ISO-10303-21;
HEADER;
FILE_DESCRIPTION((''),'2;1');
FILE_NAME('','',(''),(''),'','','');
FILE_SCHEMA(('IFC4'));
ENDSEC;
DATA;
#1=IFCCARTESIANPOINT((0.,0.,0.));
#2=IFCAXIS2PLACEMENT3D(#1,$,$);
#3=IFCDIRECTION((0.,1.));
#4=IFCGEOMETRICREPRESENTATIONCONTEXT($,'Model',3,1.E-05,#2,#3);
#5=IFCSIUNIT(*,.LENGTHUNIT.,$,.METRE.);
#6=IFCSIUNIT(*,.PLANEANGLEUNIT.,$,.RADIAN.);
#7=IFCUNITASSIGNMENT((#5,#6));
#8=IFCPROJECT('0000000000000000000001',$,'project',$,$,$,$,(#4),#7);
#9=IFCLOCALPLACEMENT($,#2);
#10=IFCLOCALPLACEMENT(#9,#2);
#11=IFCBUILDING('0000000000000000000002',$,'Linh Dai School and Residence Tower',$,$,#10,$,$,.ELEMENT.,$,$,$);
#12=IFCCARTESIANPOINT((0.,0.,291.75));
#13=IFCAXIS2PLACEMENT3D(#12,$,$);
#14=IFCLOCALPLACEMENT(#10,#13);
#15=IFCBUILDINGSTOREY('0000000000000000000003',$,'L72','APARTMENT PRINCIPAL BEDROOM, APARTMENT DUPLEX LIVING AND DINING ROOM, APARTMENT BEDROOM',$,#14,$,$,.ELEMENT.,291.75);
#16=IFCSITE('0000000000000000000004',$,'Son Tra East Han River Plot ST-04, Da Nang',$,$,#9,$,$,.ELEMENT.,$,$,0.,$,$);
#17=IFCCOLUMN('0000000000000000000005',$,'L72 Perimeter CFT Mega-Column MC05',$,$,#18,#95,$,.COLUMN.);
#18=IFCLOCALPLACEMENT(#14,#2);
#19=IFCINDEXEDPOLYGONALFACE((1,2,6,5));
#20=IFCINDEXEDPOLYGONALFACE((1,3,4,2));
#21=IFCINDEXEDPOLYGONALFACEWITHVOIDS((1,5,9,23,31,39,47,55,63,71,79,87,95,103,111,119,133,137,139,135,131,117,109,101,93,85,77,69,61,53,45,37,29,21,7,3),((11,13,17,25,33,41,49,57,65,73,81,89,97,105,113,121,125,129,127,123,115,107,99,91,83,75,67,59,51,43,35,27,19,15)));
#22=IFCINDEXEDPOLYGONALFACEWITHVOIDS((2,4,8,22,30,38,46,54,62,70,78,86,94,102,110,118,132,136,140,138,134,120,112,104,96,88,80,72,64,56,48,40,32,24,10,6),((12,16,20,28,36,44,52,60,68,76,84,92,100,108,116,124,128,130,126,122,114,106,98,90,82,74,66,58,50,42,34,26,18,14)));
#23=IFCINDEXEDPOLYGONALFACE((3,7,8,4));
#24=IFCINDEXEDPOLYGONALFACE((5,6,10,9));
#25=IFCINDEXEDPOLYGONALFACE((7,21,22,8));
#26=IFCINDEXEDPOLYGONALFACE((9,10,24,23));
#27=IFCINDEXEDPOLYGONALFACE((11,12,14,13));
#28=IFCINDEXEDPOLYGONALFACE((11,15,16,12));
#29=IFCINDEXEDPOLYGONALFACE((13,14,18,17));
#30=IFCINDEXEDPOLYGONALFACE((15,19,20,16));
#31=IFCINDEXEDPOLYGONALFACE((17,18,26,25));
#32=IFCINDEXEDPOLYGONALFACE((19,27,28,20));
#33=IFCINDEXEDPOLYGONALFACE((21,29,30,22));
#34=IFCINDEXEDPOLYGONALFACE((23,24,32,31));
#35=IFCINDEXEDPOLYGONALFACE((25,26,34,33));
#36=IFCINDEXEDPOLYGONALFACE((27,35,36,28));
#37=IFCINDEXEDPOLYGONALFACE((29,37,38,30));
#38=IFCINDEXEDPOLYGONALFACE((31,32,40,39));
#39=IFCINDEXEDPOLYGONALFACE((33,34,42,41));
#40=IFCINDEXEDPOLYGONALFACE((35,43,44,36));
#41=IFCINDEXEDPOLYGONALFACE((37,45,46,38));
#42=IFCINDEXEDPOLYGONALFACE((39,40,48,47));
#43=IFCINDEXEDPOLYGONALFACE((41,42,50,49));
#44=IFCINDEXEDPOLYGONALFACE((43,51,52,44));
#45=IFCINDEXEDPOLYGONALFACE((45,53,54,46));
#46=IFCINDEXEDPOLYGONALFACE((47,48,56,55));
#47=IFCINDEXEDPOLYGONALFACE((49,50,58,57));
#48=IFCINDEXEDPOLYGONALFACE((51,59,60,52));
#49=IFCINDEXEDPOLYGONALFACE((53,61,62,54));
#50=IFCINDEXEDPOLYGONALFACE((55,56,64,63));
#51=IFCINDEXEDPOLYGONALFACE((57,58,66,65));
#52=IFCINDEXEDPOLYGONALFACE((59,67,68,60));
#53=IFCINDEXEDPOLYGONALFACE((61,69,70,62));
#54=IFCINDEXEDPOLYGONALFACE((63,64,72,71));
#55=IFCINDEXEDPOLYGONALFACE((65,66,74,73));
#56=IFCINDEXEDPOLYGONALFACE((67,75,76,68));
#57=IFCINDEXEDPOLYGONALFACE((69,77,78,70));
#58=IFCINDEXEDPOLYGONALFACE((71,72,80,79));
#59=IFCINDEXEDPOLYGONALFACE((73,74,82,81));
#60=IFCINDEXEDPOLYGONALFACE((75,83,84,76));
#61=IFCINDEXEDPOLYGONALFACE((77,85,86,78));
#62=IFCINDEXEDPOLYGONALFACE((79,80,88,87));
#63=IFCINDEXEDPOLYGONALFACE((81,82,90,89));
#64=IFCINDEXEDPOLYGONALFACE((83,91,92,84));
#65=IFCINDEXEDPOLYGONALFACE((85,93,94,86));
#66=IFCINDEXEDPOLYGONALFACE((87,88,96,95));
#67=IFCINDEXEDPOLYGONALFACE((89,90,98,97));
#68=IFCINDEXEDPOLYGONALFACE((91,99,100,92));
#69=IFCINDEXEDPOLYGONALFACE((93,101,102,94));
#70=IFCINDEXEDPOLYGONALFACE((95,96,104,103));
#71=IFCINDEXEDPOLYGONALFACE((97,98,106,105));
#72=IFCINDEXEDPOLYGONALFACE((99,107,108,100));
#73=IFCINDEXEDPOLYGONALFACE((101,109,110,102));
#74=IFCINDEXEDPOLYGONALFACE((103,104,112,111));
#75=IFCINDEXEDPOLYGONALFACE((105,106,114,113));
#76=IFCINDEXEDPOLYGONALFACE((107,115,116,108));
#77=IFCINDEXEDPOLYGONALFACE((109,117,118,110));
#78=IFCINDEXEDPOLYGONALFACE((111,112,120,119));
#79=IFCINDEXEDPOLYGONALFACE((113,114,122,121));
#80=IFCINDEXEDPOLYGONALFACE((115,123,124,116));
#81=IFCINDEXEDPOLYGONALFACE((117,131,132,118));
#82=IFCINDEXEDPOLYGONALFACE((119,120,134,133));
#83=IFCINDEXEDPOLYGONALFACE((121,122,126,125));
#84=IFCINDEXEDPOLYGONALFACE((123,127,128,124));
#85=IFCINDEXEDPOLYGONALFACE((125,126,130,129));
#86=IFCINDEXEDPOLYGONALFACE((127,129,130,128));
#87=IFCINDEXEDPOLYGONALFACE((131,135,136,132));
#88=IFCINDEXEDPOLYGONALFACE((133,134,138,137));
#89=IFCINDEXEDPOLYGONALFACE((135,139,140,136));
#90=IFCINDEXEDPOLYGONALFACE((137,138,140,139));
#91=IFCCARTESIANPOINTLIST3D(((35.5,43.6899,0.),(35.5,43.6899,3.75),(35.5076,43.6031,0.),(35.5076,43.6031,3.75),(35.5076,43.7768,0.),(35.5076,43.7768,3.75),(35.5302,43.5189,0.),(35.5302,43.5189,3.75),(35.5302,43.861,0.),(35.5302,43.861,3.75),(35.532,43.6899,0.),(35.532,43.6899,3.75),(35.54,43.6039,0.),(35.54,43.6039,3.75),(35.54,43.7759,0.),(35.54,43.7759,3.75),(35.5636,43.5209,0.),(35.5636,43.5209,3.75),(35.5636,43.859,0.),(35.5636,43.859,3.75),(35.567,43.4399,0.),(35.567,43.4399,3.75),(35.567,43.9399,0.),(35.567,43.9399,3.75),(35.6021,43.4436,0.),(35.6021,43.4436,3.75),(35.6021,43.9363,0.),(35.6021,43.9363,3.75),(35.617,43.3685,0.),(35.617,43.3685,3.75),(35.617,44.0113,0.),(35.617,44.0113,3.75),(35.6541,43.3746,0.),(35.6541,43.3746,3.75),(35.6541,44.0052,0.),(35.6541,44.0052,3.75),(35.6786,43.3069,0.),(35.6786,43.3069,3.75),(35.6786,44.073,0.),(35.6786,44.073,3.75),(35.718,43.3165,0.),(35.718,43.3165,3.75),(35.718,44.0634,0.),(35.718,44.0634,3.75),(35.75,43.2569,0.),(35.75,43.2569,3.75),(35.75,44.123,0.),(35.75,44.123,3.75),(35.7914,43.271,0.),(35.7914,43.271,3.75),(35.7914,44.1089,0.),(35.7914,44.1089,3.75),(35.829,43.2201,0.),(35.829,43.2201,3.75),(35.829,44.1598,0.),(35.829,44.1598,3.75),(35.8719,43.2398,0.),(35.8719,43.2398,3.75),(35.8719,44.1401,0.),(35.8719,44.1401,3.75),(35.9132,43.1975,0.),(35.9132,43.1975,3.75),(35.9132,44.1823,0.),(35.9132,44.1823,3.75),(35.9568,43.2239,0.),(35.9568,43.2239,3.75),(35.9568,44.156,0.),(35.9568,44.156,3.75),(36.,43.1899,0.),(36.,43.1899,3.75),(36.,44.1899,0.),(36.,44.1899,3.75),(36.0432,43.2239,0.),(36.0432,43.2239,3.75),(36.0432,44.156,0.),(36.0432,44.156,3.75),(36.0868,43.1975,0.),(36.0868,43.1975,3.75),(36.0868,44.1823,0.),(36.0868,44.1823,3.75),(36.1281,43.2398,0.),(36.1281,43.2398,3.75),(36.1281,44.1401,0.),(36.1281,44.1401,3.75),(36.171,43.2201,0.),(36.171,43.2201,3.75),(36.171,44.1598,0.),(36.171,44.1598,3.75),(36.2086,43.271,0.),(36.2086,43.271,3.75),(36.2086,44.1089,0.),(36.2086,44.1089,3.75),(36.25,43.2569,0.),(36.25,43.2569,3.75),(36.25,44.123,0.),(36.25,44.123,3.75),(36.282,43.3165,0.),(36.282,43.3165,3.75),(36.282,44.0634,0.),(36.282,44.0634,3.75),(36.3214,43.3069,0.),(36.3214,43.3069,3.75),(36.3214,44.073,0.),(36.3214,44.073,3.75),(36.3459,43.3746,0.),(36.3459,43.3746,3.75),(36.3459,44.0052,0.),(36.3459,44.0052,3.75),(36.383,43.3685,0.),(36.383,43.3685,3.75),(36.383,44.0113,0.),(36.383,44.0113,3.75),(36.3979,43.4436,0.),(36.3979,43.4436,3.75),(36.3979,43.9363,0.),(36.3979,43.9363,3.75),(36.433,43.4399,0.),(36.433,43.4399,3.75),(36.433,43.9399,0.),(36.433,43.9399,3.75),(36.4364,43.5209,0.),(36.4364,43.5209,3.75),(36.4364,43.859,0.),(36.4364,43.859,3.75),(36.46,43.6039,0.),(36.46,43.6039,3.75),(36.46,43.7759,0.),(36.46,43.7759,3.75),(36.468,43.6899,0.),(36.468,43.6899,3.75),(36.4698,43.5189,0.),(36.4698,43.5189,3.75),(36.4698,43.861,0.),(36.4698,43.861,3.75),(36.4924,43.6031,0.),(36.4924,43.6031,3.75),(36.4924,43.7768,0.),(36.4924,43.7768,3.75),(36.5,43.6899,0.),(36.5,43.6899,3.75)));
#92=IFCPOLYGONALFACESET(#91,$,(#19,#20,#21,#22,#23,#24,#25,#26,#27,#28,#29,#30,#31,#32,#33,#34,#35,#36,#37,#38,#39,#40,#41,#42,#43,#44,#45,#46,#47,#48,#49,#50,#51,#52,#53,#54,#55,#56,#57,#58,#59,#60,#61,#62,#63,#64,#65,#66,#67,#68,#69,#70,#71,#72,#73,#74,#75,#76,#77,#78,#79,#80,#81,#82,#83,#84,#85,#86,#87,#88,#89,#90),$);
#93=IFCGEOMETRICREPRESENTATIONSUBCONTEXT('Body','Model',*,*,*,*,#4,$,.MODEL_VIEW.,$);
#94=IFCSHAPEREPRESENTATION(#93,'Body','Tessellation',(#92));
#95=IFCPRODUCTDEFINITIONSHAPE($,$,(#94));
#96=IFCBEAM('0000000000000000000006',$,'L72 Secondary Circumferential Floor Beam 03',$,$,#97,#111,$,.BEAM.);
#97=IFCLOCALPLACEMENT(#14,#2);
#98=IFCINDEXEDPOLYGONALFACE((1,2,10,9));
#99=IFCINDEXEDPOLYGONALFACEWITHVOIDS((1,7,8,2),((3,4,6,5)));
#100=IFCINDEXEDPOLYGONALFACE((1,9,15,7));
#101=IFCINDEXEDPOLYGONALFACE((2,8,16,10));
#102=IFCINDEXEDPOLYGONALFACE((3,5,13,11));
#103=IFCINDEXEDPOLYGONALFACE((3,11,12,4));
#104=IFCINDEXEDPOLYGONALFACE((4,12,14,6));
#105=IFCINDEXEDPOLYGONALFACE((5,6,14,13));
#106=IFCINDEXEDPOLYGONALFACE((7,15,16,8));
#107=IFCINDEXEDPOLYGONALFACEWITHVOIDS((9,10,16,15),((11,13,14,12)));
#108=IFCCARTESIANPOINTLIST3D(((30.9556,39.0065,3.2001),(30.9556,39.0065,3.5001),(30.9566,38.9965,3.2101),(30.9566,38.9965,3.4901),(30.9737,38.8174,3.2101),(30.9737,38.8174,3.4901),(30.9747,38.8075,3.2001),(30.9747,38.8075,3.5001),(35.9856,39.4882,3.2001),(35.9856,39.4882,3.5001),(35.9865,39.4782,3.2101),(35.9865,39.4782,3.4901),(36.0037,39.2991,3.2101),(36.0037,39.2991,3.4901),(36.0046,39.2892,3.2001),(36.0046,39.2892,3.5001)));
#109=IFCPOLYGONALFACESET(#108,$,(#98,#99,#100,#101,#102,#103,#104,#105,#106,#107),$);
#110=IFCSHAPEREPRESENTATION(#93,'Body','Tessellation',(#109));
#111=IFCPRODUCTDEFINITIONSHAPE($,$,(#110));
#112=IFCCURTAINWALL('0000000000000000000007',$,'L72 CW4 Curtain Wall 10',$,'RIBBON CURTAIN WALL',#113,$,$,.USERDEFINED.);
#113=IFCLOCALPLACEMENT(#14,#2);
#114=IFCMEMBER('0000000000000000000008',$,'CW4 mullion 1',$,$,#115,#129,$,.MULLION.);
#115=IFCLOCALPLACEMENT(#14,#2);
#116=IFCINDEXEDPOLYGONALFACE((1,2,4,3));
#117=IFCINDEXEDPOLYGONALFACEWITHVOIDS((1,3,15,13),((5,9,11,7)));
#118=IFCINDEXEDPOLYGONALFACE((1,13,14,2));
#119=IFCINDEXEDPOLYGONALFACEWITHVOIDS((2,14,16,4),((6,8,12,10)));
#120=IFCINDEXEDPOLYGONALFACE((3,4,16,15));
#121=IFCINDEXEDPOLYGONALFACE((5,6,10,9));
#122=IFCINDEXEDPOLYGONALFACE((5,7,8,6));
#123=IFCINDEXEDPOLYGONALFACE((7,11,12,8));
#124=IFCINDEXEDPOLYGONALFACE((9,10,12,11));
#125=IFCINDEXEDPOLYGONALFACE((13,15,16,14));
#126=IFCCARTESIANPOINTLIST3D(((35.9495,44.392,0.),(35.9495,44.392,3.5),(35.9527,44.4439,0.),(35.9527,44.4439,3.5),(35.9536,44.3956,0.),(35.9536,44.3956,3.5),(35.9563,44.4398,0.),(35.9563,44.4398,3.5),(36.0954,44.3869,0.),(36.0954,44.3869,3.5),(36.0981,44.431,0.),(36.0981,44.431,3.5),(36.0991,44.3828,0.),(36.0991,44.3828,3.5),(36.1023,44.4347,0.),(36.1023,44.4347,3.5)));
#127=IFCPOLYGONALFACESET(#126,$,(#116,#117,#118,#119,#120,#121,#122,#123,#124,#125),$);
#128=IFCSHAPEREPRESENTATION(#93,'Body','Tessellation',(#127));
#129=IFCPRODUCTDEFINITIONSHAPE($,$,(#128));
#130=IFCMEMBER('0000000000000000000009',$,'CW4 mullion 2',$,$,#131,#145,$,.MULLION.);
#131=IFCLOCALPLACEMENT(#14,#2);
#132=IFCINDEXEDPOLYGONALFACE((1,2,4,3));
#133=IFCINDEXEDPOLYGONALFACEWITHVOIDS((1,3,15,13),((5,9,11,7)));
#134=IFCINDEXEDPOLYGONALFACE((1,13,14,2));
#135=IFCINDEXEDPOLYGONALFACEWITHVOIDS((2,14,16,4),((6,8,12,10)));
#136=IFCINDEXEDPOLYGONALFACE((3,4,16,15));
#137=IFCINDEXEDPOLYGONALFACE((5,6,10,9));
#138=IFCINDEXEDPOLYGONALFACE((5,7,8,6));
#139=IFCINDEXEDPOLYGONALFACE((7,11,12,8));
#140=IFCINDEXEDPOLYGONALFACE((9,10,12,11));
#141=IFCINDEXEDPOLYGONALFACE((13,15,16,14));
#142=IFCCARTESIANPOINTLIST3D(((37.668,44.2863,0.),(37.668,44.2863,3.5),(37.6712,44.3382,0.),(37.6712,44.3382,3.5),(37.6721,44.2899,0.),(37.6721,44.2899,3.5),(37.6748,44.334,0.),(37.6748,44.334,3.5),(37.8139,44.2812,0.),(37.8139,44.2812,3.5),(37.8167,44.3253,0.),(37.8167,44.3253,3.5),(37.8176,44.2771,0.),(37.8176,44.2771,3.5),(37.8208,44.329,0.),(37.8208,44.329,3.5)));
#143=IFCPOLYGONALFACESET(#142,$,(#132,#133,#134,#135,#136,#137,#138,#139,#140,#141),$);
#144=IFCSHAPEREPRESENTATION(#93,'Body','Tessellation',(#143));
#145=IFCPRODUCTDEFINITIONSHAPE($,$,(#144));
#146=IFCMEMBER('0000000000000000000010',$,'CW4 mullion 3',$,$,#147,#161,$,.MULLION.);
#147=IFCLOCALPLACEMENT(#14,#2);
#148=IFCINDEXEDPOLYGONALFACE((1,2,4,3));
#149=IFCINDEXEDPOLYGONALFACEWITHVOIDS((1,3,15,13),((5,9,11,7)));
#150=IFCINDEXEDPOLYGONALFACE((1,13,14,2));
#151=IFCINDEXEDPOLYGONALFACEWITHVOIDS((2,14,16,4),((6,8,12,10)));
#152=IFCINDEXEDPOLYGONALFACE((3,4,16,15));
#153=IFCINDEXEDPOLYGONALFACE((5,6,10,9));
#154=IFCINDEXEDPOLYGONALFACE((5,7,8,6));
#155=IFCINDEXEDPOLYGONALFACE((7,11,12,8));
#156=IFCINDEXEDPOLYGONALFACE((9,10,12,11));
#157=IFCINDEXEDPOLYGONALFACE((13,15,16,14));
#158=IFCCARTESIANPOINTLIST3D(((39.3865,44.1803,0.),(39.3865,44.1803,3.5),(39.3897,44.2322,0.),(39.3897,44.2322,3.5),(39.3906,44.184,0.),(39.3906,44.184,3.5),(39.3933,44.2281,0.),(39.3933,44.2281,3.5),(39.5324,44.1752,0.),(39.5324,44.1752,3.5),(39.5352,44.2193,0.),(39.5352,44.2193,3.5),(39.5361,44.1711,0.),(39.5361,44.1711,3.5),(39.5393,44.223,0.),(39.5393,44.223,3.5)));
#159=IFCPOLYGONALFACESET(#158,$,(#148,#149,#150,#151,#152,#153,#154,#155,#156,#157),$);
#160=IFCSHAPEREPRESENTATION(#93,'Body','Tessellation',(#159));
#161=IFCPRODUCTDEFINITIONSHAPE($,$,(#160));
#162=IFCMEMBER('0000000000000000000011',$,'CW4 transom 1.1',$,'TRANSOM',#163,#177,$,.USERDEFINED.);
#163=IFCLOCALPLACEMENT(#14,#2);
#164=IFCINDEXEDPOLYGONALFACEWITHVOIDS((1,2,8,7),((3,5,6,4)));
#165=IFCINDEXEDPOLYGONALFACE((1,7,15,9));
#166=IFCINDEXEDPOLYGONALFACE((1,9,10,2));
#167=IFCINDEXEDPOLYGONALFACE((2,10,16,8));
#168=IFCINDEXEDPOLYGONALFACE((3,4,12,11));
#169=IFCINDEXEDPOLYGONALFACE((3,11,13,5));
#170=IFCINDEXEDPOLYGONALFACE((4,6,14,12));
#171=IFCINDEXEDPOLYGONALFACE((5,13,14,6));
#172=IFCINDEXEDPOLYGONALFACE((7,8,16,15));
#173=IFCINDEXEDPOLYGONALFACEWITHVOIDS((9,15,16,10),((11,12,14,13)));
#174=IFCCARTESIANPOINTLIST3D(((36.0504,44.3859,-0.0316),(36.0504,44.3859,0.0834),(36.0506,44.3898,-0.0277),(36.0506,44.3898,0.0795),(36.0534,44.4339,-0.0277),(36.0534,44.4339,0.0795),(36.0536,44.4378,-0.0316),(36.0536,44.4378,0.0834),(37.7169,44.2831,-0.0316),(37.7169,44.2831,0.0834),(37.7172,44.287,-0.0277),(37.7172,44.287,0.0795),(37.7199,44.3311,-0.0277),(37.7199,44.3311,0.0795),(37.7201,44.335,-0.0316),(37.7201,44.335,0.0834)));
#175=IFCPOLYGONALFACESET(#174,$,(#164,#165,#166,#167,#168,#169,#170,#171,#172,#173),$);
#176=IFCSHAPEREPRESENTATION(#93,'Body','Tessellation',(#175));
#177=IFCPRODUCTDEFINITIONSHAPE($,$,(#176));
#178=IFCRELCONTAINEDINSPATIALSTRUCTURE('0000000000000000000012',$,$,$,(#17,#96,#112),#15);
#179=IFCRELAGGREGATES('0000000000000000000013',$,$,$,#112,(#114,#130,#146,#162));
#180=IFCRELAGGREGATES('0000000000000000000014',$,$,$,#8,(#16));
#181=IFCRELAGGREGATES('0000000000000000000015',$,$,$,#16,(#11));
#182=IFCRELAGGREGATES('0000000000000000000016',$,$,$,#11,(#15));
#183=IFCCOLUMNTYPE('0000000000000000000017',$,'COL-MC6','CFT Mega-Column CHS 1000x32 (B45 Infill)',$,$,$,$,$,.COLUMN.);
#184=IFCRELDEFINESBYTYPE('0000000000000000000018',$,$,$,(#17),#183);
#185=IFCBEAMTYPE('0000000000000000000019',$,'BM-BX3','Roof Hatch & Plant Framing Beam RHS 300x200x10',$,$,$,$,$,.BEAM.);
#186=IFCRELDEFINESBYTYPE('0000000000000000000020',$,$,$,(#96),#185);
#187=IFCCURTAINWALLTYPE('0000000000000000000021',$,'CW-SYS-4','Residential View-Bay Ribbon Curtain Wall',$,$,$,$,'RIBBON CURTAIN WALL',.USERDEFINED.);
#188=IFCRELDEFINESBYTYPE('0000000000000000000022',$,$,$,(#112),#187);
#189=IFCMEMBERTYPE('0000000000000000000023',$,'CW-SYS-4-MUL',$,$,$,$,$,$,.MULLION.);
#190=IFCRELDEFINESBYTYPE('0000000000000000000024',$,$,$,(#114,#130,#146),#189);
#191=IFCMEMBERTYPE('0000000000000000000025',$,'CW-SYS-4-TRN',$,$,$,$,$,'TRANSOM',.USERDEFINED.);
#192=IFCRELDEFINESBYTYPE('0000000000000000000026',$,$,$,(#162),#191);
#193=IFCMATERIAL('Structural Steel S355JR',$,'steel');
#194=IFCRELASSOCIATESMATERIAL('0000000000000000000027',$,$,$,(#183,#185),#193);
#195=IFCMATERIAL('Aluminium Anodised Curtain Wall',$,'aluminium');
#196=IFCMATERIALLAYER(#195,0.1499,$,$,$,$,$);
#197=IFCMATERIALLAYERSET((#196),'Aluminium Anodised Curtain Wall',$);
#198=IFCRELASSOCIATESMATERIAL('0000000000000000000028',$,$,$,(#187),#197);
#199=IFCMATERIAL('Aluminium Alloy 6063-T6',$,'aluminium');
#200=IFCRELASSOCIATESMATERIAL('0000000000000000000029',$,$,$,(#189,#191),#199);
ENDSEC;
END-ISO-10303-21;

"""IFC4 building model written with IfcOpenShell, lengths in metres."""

from ifc_helpers import new_model, si_unit, direction, frame, origin, origin_2d, place, context, subcontext, project, spatial, hollow_rectangle, hollow_circle, extrude, source, transform, mapped, material, layer, layer_set, material_profile, profile_set, type_object, element, aggregate, save


model = new_model("IFC4")

# Units and contexts
model_context = context("Model", 3, precision=1e-05, world=origin(), true_north=direction((0.0, 1.0)))
body_context = subcontext(model_context, "Body", "Model", "MODEL_VIEW")
ifc_project = project(units=[si_unit("LENGTHUNIT", "METRE"), si_unit("PLANEANGLEUNIT", "RADIAN")], contexts=[model_context])

# Site, building, storey
site_placement = place(None, origin())
site = spatial("IfcSite", under=ifc_project, at=site_placement, Name="Son Tra East Han River Plot ST-04, Da Nang", CompositionType="ELEMENT", RefElevation=0.0)
building_placement = place(site_placement, origin())
building = spatial("IfcBuilding", under=site, at=building_placement, Name="Linh Dai School and Residence Tower", CompositionType="ELEMENT")
storey_placement = place(building_placement, frame((0.0, 0.0, 291.75)))
storey = spatial("IfcBuildingStorey", under=building, at=storey_placement, Name="L72", Description="APARTMENT PRINCIPAL BEDROOM, APARTMENT DUPLEX LIVING AND DINING ROOM, APARTMENT BEDROOM", CompositionType="ELEMENT", Elevation=291.75)

# Column
ifc_material_1 = material(Name="Structural Steel S355JR", Category="steel")
ifc_material_profile_1 = material_profile(ifc_material_1, hollow_circle(Radius=0.5, WallThickness=0.032, at=origin_2d()), Name="CHS 1000x32")
ifc_profile_set_1 = profile_set([ifc_material_profile_1], Name="Structural Steel S355JR")
column_type = type_object("IfcColumnType", Name="COL-MC6", Description="CFT Mega-Column CHS 1000x32 (B45 Infill)", PredefinedType="COLUMN", material=ifc_profile_set_1)
column_placement = place(storey_placement, frame((36.0, 43.6899, 0.0), z_axis=(0.0, 0.0, 1.0), x_axis=(1.0, 0.0, 0.0)))
element("IfcColumn", 1, at=column_placement, inside=storey, type_object=column_type, Name="L72 Perimeter CFT Mega-Column MC05", PredefinedType="COLUMN", context=body_context, shape_type="SweptSolid", body=[
    extrude(hollow_circle(Radius=0.5, WallThickness=0.032, at=origin_2d()), origin(), (0.0, 0.0, 1.0), 3.75),
])

# Beam
ifc_material_profile_2 = material_profile(ifc_material_1, hollow_rectangle(XDim=0.2, YDim=0.3, WallThickness=0.01, at=origin_2d()), Name="RHS 300x200x10")
ifc_profile_set_2 = profile_set([ifc_material_profile_2], Name="Structural Steel S355JR")
beam_type = type_object("IfcBeamType", Name="BM-BX3", Description="Roof Hatch & Plant Framing Beam RHS 300x200x10", PredefinedType="BEAM", material=ifc_profile_set_2)
beam_placement = place(storey_placement, frame((35.9951, 39.3887, 3.3501), z_axis=(-0.995446, -0.095327, 0.0), x_axis=(0.095327, -0.995446, 0.0)))
element("IfcBeam", 2, at=beam_placement, inside=storey, type_object=beam_type, Name="L72 Secondary Circumferential Floor Beam 03", PredefinedType="BEAM", context=body_context, shape_type="SweptSolid", body=[
    extrude(hollow_rectangle(XDim=0.2, YDim=0.3, WallThickness=0.01, at=origin_2d()), origin(), (0.0, 0.0, 1.0), 5.053),
])

# Curtain wall, members
ifc_material_2 = material(Name="Aluminium Anodised Curtain Wall", Category="aluminium")
ifc_layer_1 = layer(ifc_material_2, 0.1499)
ifc_layer_set_1 = layer_set([ifc_layer_1], Name="Aluminium Anodised Curtain Wall")
curtain_wall_type = type_object("IfcCurtainWallType", Name="CW-SYS-4", Description="Residential View-Bay Ribbon Curtain Wall", ElementType="RIBBON CURTAIN WALL", PredefinedType="USERDEFINED", material=ifc_layer_set_1)
curtain_wall_placement = place(storey_placement, origin())
curtain_wall = element("IfcCurtainWall", 3, at=curtain_wall_placement, inside=storey, type_object=curtain_wall_type, Name="L72 CW4 Curtain Wall 10", ObjectType="RIBBON CURTAIN WALL", PredefinedType="USERDEFINED")
ifc_material_3 = material(Name="Aluminium Alloy 6063-T6", Category="aluminium")
ifc_material_profile_3 = material_profile(ifc_material_3, hollow_rectangle(XDim=0.052, YDim=0.1499, WallThickness=0.0039, at=origin_2d()), Name="RHS 150x52x4")
ifc_profile_set_3 = profile_set([ifc_material_profile_3], Name="Aluminium Alloy 6063-T6")
member_type_1 = type_object("IfcMemberType", Name="CW-SYS-4-MUL", PredefinedType="MULLION", material=ifc_profile_set_3)
shared_shape_1 = source(origin(), body_context, "Body", "SweptSolid", [
    extrude(hollow_rectangle(XDim=0.052, YDim=0.1499, WallThickness=0.0039, at=origin_2d()), origin(), (0.0, 0.0, 1.0), 3.5),
])
member_1_placement = place(storey_placement, frame((36.0259, 44.4133, 0.0), z_axis=(0.0, 0.0, 1.0), x_axis=(0.06151, 0.998106, 0.0)))
member_1 = element("IfcMember", 4, at=member_1_placement, type_object=member_type_1, Name="CW4 mullion 1", PredefinedType="MULLION", context=body_context, shape_type="MappedRepresentation", body=[
    mapped(shared_shape_1, transform((0.0, 0.0, 0.0), x_axis=(1.0, 0.0, 0.0), y_axis=(0.0, 1.0, 0.0), z_axis=(0.0, 0.0, 1.0), scale=1.0)),
])
member_2_placement = place(storey_placement, frame((37.7444, 44.3076, 0.0), z_axis=(0.0, 0.0, 1.0), x_axis=(0.06151, 0.998106, 0.0)))
member_2 = element("IfcMember", 5, at=member_2_placement, type_object=member_type_1, Name="CW4 mullion 2", PredefinedType="MULLION", context=body_context, shape_type="MappedRepresentation", body=[
    mapped(shared_shape_1, transform((0.0, 0.0, 0.0), x_axis=(1.0, 0.0, 0.0), y_axis=(0.0, 1.0, 0.0), z_axis=(0.0, 0.0, 1.0), scale=1.0)),
])
member_3_placement = place(storey_placement, frame((39.4629, 44.2017, 0.0), z_axis=(0.0, 0.0, 1.0), x_axis=(0.06151, 0.998106, 0.0)))
member_3 = element("IfcMember", 6, at=member_3_placement, type_object=member_type_1, Name="CW4 mullion 3", PredefinedType="MULLION", context=body_context, shape_type="MappedRepresentation", body=[
    mapped(shared_shape_1, transform((0.0, 0.0, 0.0), x_axis=(1.0, 0.0, 0.0), y_axis=(0.0, 1.0, 0.0), z_axis=(0.0, 0.0, 1.0), scale=1.0)),
])
ifc_material_profile_4 = material_profile(ifc_material_3, hollow_rectangle(XDim=0.052, YDim=0.115, WallThickness=0.0039, at=origin_2d()), Name="RHS 115x52x4")
ifc_profile_set_4 = profile_set([ifc_material_profile_4], Name="Aluminium Alloy 6063-T6")
member_type_2 = type_object("IfcMemberType", Name="CW-SYS-4-TRN", ElementType="TRANSOM", PredefinedType="USERDEFINED", material=ifc_profile_set_4)
shared_shape_2 = source(origin(), body_context, "Body", "SweptSolid", [
    extrude(hollow_rectangle(XDim=0.052, YDim=0.115, WallThickness=0.0039, at=origin_2d()), origin(), (0.0, 0.0, 1.0), 1.6697),
])
member_4_placement = place(storey_placement, frame((36.052, 44.4119, 0.0259), z_axis=(0.998103, -0.061559, 0.0), x_axis=(0.061559, 0.998103, 0.0)))
member_4 = element("IfcMember", 7, at=member_4_placement, type_object=member_type_2, Name="CW4 transom 1.1", ObjectType="TRANSOM", PredefinedType="USERDEFINED", context=body_context, shape_type="MappedRepresentation", body=[
    mapped(shared_shape_2, transform((0.0, 0.0, 0.0), x_axis=(1.0, 0.0, 0.0), y_axis=(0.0, 1.0, 0.0), z_axis=(0.0, 0.0, 1.0), scale=1.0)),
])

aggregate(curtain_wall, [member_1, member_2, member_3, member_4])

save(model, "model.ifc")
